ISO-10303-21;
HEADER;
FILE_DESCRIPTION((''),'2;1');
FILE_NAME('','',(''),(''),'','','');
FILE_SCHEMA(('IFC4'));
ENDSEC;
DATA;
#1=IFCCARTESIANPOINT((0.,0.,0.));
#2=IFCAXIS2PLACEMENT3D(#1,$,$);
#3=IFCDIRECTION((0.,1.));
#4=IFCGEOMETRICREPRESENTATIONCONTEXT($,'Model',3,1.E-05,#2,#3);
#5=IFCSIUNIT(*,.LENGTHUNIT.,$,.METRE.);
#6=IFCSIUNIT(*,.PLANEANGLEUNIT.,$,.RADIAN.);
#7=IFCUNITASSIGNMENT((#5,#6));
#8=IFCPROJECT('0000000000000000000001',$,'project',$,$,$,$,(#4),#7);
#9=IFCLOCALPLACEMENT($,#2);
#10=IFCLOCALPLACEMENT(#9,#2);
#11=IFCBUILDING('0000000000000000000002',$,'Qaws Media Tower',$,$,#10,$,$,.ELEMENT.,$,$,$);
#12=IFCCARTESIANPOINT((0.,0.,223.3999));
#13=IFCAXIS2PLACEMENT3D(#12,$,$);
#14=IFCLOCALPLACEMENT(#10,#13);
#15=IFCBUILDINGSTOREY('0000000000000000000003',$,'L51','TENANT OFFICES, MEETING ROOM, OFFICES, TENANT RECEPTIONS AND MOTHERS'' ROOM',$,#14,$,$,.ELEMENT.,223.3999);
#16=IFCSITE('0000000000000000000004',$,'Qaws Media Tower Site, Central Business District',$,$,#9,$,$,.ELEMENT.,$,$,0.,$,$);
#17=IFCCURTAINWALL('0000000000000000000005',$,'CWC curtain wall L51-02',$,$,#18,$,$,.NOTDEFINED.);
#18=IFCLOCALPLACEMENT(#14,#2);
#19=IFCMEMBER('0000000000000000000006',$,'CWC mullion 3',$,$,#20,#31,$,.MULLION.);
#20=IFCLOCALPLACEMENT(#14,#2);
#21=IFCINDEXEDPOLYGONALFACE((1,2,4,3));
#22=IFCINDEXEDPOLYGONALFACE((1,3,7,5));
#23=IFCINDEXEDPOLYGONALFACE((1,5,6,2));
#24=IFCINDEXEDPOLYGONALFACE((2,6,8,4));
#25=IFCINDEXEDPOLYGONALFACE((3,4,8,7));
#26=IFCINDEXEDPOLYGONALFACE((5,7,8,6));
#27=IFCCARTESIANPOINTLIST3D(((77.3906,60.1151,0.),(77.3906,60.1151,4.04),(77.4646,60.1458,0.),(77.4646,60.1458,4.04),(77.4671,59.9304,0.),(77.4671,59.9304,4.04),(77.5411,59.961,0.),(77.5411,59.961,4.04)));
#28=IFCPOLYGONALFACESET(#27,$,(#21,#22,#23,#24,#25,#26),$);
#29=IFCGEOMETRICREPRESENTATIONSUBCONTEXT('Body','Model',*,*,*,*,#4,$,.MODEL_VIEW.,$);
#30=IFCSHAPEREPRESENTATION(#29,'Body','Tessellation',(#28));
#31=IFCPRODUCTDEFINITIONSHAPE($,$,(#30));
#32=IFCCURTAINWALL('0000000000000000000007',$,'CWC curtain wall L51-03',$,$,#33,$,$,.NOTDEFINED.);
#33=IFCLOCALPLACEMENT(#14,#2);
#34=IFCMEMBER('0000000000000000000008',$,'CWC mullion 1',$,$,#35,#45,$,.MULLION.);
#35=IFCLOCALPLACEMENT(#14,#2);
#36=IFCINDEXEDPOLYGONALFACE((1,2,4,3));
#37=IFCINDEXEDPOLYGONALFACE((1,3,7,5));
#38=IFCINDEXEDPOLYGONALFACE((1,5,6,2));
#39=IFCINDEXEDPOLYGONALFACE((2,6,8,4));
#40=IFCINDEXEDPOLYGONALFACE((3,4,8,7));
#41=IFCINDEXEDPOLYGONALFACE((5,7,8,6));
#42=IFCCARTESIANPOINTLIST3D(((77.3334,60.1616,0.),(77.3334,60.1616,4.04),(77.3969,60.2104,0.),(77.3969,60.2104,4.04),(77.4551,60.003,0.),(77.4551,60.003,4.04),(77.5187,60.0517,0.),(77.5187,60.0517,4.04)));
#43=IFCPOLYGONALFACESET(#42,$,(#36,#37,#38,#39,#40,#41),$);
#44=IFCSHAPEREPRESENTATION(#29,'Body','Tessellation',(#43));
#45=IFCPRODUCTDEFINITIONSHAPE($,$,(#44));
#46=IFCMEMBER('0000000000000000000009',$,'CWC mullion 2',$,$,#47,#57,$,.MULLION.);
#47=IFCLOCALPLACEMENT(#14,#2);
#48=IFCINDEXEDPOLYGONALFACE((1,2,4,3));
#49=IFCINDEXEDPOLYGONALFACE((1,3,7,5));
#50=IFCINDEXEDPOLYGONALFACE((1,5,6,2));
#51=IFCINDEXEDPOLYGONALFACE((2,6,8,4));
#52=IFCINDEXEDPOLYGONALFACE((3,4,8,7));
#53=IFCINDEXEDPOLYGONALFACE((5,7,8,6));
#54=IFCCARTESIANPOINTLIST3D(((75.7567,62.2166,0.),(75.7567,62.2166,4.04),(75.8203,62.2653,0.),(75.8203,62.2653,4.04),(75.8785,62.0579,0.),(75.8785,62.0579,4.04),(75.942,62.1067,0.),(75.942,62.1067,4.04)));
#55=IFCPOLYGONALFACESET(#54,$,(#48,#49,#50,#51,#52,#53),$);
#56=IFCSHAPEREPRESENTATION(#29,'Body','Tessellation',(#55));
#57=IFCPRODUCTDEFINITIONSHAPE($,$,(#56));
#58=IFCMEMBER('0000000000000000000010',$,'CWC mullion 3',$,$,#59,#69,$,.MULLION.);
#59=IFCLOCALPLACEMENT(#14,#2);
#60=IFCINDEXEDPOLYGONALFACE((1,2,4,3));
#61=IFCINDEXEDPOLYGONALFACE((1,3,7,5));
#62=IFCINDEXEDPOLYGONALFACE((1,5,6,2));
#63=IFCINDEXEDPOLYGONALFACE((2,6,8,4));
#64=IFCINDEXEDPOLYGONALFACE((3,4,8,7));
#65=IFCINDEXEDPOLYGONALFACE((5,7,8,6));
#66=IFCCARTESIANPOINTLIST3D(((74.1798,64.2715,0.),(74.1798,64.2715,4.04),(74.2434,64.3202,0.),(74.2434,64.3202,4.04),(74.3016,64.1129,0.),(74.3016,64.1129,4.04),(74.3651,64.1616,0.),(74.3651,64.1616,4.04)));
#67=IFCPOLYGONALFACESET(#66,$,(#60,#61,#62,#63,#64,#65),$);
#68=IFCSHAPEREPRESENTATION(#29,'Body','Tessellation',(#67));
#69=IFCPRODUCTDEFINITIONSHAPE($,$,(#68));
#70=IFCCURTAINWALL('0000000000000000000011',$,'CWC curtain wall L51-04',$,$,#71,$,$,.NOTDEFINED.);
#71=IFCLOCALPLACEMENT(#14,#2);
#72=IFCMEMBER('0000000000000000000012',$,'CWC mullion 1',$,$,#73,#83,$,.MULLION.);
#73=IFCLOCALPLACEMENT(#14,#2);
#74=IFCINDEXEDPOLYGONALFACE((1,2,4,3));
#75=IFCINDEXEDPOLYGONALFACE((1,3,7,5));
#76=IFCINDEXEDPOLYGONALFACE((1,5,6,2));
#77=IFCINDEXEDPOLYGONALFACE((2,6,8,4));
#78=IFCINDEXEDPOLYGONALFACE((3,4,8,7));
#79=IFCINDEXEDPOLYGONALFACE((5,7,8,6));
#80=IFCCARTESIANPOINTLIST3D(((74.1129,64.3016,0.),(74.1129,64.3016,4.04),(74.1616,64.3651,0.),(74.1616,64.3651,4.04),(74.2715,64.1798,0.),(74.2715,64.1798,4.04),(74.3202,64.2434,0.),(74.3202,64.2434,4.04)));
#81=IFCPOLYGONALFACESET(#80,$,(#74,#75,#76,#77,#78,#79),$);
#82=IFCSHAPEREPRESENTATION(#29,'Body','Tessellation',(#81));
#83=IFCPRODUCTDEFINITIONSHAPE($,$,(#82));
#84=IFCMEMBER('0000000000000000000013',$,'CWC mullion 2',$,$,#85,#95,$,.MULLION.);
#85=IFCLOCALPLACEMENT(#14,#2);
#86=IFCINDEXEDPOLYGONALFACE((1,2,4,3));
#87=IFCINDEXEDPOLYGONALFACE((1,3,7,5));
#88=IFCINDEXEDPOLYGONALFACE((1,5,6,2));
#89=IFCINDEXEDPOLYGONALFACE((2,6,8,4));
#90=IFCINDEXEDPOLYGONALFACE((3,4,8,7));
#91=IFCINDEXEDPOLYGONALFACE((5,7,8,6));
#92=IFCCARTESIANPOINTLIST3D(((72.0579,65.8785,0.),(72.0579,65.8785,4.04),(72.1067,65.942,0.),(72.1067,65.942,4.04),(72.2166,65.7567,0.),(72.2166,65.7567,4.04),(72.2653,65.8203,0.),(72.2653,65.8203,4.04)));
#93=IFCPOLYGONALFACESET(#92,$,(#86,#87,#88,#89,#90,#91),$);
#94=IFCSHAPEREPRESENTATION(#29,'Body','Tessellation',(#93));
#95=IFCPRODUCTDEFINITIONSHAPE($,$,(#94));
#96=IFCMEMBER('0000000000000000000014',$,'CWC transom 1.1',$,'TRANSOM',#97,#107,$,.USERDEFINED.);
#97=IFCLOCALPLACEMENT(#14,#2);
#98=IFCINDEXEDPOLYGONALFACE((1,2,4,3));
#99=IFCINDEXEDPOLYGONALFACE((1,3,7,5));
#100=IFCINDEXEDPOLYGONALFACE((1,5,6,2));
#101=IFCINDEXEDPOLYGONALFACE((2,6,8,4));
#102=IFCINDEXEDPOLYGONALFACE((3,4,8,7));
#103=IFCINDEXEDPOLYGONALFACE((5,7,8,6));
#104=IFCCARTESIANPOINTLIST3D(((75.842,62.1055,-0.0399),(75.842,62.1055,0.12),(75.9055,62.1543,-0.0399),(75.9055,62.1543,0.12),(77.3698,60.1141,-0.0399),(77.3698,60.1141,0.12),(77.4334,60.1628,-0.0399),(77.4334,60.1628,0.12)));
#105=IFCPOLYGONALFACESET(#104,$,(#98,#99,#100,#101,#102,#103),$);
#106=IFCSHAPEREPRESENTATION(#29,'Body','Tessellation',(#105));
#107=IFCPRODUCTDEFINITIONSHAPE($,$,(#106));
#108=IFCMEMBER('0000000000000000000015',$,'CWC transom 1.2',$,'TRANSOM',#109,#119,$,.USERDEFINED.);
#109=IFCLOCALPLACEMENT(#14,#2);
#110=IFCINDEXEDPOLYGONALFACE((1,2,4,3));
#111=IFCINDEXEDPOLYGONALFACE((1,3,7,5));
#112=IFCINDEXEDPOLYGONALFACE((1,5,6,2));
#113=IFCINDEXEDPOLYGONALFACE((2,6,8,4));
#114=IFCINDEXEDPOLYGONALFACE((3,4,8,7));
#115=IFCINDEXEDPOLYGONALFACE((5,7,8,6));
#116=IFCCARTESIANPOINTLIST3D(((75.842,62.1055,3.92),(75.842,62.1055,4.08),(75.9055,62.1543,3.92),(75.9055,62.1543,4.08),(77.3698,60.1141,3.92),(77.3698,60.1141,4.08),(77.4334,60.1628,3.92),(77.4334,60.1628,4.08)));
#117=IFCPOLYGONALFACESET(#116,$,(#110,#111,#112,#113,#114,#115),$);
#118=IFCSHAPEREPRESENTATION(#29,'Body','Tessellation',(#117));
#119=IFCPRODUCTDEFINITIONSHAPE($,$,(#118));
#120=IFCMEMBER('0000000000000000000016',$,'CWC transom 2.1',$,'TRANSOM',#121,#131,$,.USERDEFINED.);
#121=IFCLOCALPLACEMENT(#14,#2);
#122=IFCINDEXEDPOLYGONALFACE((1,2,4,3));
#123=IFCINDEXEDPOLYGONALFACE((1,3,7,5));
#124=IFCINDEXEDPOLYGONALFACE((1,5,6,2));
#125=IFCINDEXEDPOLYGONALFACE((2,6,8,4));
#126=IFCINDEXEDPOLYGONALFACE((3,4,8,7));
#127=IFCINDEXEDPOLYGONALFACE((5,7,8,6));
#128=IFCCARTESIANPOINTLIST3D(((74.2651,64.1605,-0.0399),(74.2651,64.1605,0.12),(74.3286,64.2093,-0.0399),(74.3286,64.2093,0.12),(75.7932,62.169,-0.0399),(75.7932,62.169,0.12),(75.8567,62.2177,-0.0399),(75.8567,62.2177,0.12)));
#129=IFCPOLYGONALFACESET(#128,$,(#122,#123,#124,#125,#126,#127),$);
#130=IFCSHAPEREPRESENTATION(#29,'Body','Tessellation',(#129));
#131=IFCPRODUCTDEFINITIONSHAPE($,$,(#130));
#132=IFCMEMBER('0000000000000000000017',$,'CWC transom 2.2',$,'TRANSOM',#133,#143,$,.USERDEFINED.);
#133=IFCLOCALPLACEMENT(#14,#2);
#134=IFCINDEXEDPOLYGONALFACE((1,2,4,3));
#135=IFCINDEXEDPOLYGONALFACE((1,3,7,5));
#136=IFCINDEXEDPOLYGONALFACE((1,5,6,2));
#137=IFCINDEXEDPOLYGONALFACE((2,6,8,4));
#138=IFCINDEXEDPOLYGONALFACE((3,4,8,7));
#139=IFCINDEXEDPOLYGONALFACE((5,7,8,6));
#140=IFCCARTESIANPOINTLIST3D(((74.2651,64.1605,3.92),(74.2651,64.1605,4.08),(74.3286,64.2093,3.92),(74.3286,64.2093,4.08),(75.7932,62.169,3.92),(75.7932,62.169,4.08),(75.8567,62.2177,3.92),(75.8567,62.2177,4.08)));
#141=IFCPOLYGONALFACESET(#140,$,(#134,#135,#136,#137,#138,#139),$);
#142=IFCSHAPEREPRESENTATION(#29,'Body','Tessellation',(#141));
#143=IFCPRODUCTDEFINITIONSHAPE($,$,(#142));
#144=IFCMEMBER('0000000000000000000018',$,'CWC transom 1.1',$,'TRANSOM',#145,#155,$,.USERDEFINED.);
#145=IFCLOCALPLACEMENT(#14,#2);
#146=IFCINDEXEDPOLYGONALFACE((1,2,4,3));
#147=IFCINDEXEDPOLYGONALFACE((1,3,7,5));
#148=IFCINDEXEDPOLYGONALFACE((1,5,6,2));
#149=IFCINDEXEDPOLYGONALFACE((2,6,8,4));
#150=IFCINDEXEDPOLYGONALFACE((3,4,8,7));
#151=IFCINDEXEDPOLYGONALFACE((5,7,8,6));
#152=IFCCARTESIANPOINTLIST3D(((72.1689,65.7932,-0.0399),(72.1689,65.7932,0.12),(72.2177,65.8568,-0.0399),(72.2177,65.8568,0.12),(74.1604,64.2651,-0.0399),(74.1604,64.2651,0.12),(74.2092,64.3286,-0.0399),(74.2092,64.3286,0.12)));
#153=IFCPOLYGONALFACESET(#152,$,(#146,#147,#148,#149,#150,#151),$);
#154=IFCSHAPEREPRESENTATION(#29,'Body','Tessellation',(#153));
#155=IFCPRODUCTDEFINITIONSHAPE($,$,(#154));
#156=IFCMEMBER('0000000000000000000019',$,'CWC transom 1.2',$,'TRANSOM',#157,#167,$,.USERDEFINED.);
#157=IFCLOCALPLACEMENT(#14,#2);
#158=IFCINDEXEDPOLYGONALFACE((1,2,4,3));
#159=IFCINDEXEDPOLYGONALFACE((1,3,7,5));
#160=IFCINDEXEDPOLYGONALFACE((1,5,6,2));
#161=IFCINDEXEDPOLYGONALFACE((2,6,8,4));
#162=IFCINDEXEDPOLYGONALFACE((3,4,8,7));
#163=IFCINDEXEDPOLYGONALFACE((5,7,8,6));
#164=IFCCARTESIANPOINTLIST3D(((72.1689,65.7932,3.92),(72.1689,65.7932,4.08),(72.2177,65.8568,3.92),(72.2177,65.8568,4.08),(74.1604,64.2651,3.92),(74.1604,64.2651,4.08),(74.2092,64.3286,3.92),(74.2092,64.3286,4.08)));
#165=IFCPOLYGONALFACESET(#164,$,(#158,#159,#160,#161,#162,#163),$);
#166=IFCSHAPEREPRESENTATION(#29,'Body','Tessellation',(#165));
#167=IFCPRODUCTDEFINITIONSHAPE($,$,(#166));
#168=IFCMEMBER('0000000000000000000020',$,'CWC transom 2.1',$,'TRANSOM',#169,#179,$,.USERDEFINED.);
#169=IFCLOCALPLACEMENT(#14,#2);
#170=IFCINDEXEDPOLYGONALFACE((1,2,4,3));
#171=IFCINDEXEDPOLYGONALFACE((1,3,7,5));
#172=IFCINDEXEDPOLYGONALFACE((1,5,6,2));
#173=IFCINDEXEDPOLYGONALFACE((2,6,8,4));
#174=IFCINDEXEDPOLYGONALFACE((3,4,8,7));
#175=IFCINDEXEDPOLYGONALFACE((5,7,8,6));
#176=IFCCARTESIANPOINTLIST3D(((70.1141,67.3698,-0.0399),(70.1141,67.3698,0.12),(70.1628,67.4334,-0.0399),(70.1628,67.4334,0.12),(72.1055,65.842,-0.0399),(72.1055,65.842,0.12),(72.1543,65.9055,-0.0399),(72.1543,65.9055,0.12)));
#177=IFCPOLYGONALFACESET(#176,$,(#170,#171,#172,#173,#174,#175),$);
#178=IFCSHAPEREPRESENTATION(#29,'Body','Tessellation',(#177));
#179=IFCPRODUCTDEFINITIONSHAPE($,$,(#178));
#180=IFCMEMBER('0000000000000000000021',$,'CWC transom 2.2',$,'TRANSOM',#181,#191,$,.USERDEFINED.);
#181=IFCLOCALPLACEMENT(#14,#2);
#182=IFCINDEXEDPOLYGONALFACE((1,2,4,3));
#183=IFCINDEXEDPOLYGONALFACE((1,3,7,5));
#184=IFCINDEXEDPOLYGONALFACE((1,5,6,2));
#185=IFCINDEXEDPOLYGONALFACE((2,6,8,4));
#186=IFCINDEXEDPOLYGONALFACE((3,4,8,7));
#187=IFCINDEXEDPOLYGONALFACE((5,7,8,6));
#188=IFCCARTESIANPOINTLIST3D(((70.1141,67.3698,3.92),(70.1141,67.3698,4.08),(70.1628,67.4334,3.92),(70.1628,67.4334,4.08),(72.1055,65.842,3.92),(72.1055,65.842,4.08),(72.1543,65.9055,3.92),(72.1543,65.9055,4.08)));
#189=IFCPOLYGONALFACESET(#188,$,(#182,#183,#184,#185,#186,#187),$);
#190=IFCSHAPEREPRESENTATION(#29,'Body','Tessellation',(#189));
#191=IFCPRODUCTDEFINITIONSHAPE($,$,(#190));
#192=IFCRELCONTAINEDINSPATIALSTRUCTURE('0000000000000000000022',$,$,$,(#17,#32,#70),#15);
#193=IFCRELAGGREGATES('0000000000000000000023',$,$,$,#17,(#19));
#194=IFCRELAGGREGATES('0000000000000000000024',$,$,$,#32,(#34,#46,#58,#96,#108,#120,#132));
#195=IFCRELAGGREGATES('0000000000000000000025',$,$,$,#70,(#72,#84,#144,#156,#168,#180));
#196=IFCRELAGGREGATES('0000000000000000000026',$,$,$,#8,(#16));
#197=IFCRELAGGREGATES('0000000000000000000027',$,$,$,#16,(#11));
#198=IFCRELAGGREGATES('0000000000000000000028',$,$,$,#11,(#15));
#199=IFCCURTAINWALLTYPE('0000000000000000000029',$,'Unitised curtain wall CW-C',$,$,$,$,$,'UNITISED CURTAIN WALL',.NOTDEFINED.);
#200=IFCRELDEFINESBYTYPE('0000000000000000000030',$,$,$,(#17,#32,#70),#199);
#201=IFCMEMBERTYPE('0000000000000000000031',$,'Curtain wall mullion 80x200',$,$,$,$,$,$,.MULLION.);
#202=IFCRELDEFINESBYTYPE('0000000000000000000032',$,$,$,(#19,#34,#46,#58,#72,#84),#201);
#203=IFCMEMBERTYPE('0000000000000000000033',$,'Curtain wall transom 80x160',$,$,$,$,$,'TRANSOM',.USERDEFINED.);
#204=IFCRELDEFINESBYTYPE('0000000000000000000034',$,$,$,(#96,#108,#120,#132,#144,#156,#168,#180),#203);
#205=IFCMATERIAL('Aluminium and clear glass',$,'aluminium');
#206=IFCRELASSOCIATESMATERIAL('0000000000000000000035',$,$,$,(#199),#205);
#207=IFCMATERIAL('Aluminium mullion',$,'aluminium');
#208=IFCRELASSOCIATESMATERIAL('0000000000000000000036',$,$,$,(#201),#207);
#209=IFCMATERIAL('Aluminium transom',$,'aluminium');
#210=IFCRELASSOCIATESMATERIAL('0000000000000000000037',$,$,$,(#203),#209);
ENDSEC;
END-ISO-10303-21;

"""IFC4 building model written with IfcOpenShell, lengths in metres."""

from ifc_helpers import new_model, si_unit, direction, frame, origin, origin_2d, place, context, subcontext, project, spatial, rectangle, extrude, material, material_profile, profile_set, type_object, element, aggregate, save


model = new_model("IFC4")

# Units and contexts
model_context = context("Model", 3, precision=1e-05, world=origin(), true_north=direction((0.0, 1.0)))
body_context = subcontext(model_context, "Body", "Model", "MODEL_VIEW")
ifc_project = project(units=[si_unit("LENGTHUNIT", "METRE"), si_unit("PLANEANGLEUNIT", "RADIAN")], contexts=[model_context])

# Site, building, storey
site_placement = place(None, origin())
site = spatial("IfcSite", under=ifc_project, at=site_placement, Name="Qaws Media Tower Site, Central Business District", CompositionType="ELEMENT", RefElevation=0.0)
building_placement = place(site_placement, origin())
building = spatial("IfcBuilding", under=site, at=building_placement, Name="Qaws Media Tower", CompositionType="ELEMENT")
storey_placement = place(building_placement, frame((0.0, 0.0, 223.3999)))
storey = spatial("IfcBuildingStorey", under=building, at=storey_placement, Name="L51", Description="TENANT OFFICES, MEETING ROOM, OFFICES, TENANT RECEPTIONS AND MOTHERS' ROOM", CompositionType="ELEMENT", Elevation=223.3999)

# Curtain wall, member
ifc_material_1 = material(Name="Aluminium and clear glass", Category="aluminium")
curtain_wall_type = type_object("IfcCurtainWallType", Name="Unitised curtain wall CW-C", ElementType="UNITISED CURTAIN WALL", PredefinedType="NOTDEFINED", material=ifc_material_1)
curtain_wall_1_placement = place(storey_placement, origin())
curtain_wall_1 = element("IfcCurtainWall", 1, at=curtain_wall_1_placement, inside=storey, type_object=curtain_wall_type, Name="CWC curtain wall L51-02", PredefinedType="NOTDEFINED")
ifc_material_2 = material(Name="Aluminium mullion", Category="aluminium")
ifc_material_profile_1 = material_profile(ifc_material_2, rectangle(XDim=0.0801, YDim=0.2, at=origin_2d()), Name="80x200")
ifc_profile_set_1 = profile_set([ifc_material_profile_1], Name="Aluminium mullion")
member_type_1 = type_object("IfcMemberType", Name="Curtain wall mullion 80x200", PredefinedType="MULLION", material=ifc_profile_set_1)
member_1_placement = place(storey_placement, frame((77.4658, 60.0381, 0.0), z_axis=(0.0, 0.0, 1.0), x_axis=(-0.92388, -0.382683, 0.0)))
member_1 = element("IfcMember", 2, at=member_1_placement, type_object=member_type_1, Name="CWC mullion 3", PredefinedType="MULLION", context=body_context, shape_type="SweptSolid", body=[
    extrude(rectangle(XDim=0.0801, YDim=0.2, at=origin_2d()), origin(), (0.0, 0.0, 1.0), 4.04),
])

# Curtain walls, members
curtain_wall_2_placement = place(storey_placement, origin())
curtain_wall_2 = element("IfcCurtainWall", 3, at=curtain_wall_2_placement, inside=storey, type_object=curtain_wall_type, Name="CWC curtain wall L51-03", PredefinedType="NOTDEFINED")
member_2_placement = place(storey_placement, frame((77.426, 60.1067, 0.0), z_axis=(0.0, 0.0, 1.0), x_axis=(-0.793353, -0.608761, 0.0)))
member_2 = element("IfcMember", 4, at=member_2_placement, type_object=member_type_1, Name="CWC mullion 1", PredefinedType="MULLION", context=body_context, shape_type="SweptSolid", body=[
    extrude(rectangle(XDim=0.0801, YDim=0.2, at=origin_2d()), origin(), (0.0, 0.0, 1.0), 4.04),
])
member_3_placement = place(storey_placement, frame((75.8494, 62.1616, 0.0), z_axis=(0.0, 0.0, 1.0), x_axis=(-0.793353, -0.608761, 0.0)))
member_3 = element("IfcMember", 5, at=member_3_placement, type_object=member_type_1, Name="CWC mullion 2", PredefinedType="MULLION", context=body_context, shape_type="SweptSolid", body=[
    extrude(rectangle(XDim=0.0801, YDim=0.2, at=origin_2d()), origin(), (0.0, 0.0, 1.0), 4.04),
])
member_4_placement = place(storey_placement, frame((74.2725, 64.2166, 0.0), z_axis=(0.0, 0.0, 1.0), x_axis=(-0.793353, -0.608761, 0.0)))
member_4 = element("IfcMember", 6, at=member_4_placement, type_object=member_type_1, Name="CWC mullion 3", PredefinedType="MULLION", context=body_context, shape_type="SweptSolid", body=[
    extrude(rectangle(XDim=0.0801, YDim=0.2, at=origin_2d()), origin(), (0.0, 0.0, 1.0), 4.04),
])
curtain_wall_3_placement = place(storey_placement, origin())
curtain_wall_3 = element("IfcCurtainWall", 7, at=curtain_wall_3_placement, inside=storey, type_object=curtain_wall_type, Name="CWC curtain wall L51-04", PredefinedType="NOTDEFINED")
member_5_placement = place(storey_placement, frame((74.2166, 64.2725, 0.0), z_axis=(0.0, 0.0, 1.0), x_axis=(-0.608761, -0.793353, 0.0)))
member_5 = element("IfcMember", 8, at=member_5_placement, type_object=member_type_1, Name="CWC mullion 1", PredefinedType="MULLION", context=body_context, shape_type="SweptSolid", body=[
    extrude(rectangle(XDim=0.0801, YDim=0.2, at=origin_2d()), origin(), (0.0, 0.0, 1.0), 4.04),
])
member_6_placement = place(storey_placement, frame((72.1616, 65.8494, 0.0), z_axis=(0.0, 0.0, 1.0), x_axis=(-0.608761, -0.793353, 0.0)))
member_6 = element("IfcMember", 9, at=member_6_placement, type_object=member_type_1, Name="CWC mullion 2", PredefinedType="MULLION", context=body_context, shape_type="SweptSolid", body=[
    extrude(rectangle(XDim=0.0801, YDim=0.2, at=origin_2d()), origin(), (0.0, 0.0, 1.0), 4.04),
])

# Members
ifc_material_3 = material(Name="Aluminium transom", Category="aluminium")
ifc_material_profile_2 = material_profile(ifc_material_3, rectangle(XDim=0.0801, YDim=0.1599, at=origin_2d()), Name="80x160")
ifc_profile_set_2 = profile_set([ifc_material_profile_2], Name="Aluminium transom")
member_type_2 = type_object("IfcMemberType", Name="Curtain wall transom 80x160", ElementType="TRANSOM", PredefinedType="USERDEFINED", material=ifc_profile_set_2)
member_7_placement = place(storey_placement, frame((77.4016, 60.1384, 0.04), z_axis=(-0.608695, 0.793404, 0.0), x_axis=(-0.793404, -0.608695, 0.0)))
member_7 = element("IfcMember", 10, at=member_7_placement, type_object=member_type_2, Name="CWC transom 1.1", ObjectType="TRANSOM", PredefinedType="USERDEFINED", context=body_context, shape_type="SweptSolid", body=[
    extrude(rectangle(XDim=0.0801, YDim=0.1599, at=origin_2d()), origin(), (0.0, 0.0, 1.0), 2.51),
])
member_8_placement = place(storey_placement, frame((77.4016, 60.1384, 4.0), z_axis=(-0.608695, 0.793404, 0.0), x_axis=(-0.793404, -0.608695, 0.0)))
member_8 = element("IfcMember", 11, at=member_8_placement, type_object=member_type_2, Name="CWC transom 1.2", ObjectType="TRANSOM", PredefinedType="USERDEFINED", context=body_context, shape_type="SweptSolid", body=[
    extrude(rectangle(XDim=0.0801, YDim=0.1599, at=origin_2d()), origin(), (0.0, 0.0, 1.0), 2.51),
])
member_9_placement = place(storey_placement, frame((75.825, 62.1934, 0.04), z_axis=(-0.608756, 0.793357, 0.0), x_axis=(-0.793357, -0.608756, 0.0)))
member_9 = element("IfcMember", 12, at=member_9_placement, type_object=member_type_2, Name="CWC transom 2.1", ObjectType="TRANSOM", PredefinedType="USERDEFINED", context=body_context, shape_type="SweptSolid", body=[
    extrude(rectangle(XDim=0.0801, YDim=0.1599, at=origin_2d()), origin(), (0.0, 0.0, 1.0), 2.5103),
])
member_10_placement = place(storey_placement, frame((75.825, 62.1934, 4.0), z_axis=(-0.608756, 0.793357, 0.0), x_axis=(-0.793357, -0.608756, 0.0)))
member_10 = element("IfcMember", 13, at=member_10_placement, type_object=member_type_2, Name="CWC transom 2.2", ObjectType="TRANSOM", PredefinedType="USERDEFINED", context=body_context, shape_type="SweptSolid", body=[
    extrude(rectangle(XDim=0.0801, YDim=0.1599, at=origin_2d()), origin(), (0.0, 0.0, 1.0), 2.5103),
])
member_11_placement = place(storey_placement, frame((74.1848, 64.2969, 0.04), z_axis=(-0.793357, 0.608756, 0.0), x_axis=(-0.608756, -0.793357, 0.0)))
member_11 = element("IfcMember", 14, at=member_11_placement, type_object=member_type_2, Name="CWC transom 1.1", ObjectType="TRANSOM", PredefinedType="USERDEFINED", context=body_context, shape_type="SweptSolid", body=[
    extrude(rectangle(XDim=0.0801, YDim=0.1599, at=origin_2d()), origin(), (0.0, 0.0, 1.0), 2.5103),
])
member_12_placement = place(storey_placement, frame((74.1848, 64.2969, 4.0), z_axis=(-0.793357, 0.608756, 0.0), x_axis=(-0.608756, -0.793357, 0.0)))
member_12 = element("IfcMember", 15, at=member_12_placement, type_object=member_type_2, Name="CWC transom 1.2", ObjectType="TRANSOM", PredefinedType="USERDEFINED", context=body_context, shape_type="SweptSolid", body=[
    extrude(rectangle(XDim=0.0801, YDim=0.1599, at=origin_2d()), origin(), (0.0, 0.0, 1.0), 2.5103),
])
member_13_placement = place(storey_placement, frame((72.1299, 65.8738, 0.04), z_axis=(-0.793404, 0.608695, 0.0), x_axis=(-0.608695, -0.793404, 0.0)))
member_13 = element("IfcMember", 16, at=member_13_placement, type_object=member_type_2, Name="CWC transom 2.1", ObjectType="TRANSOM", PredefinedType="USERDEFINED", context=body_context, shape_type="SweptSolid", body=[
    extrude(rectangle(XDim=0.0801, YDim=0.1599, at=origin_2d()), origin(), (0.0, 0.0, 1.0), 2.51),
])
member_14_placement = place(storey_placement, frame((72.1299, 65.8738, 4.0), z_axis=(-0.793404, 0.608695, 0.0), x_axis=(-0.608695, -0.793404, 0.0)))
member_14 = element("IfcMember", 17, at=member_14_placement, type_object=member_type_2, Name="CWC transom 2.2", ObjectType="TRANSOM", PredefinedType="USERDEFINED", context=body_context, shape_type="SweptSolid", body=[
    extrude(rectangle(XDim=0.0801, YDim=0.1599, at=origin_2d()), origin(), (0.0, 0.0, 1.0), 2.51),
])

aggregate(curtain_wall_1, [member_1])
aggregate(curtain_wall_2, [member_2, member_3, member_4, member_7, member_8, member_9, member_10])
aggregate(curtain_wall_3, [member_5, member_6, member_11, member_12, member_13, member_14])

save(model, "model.ifc")
